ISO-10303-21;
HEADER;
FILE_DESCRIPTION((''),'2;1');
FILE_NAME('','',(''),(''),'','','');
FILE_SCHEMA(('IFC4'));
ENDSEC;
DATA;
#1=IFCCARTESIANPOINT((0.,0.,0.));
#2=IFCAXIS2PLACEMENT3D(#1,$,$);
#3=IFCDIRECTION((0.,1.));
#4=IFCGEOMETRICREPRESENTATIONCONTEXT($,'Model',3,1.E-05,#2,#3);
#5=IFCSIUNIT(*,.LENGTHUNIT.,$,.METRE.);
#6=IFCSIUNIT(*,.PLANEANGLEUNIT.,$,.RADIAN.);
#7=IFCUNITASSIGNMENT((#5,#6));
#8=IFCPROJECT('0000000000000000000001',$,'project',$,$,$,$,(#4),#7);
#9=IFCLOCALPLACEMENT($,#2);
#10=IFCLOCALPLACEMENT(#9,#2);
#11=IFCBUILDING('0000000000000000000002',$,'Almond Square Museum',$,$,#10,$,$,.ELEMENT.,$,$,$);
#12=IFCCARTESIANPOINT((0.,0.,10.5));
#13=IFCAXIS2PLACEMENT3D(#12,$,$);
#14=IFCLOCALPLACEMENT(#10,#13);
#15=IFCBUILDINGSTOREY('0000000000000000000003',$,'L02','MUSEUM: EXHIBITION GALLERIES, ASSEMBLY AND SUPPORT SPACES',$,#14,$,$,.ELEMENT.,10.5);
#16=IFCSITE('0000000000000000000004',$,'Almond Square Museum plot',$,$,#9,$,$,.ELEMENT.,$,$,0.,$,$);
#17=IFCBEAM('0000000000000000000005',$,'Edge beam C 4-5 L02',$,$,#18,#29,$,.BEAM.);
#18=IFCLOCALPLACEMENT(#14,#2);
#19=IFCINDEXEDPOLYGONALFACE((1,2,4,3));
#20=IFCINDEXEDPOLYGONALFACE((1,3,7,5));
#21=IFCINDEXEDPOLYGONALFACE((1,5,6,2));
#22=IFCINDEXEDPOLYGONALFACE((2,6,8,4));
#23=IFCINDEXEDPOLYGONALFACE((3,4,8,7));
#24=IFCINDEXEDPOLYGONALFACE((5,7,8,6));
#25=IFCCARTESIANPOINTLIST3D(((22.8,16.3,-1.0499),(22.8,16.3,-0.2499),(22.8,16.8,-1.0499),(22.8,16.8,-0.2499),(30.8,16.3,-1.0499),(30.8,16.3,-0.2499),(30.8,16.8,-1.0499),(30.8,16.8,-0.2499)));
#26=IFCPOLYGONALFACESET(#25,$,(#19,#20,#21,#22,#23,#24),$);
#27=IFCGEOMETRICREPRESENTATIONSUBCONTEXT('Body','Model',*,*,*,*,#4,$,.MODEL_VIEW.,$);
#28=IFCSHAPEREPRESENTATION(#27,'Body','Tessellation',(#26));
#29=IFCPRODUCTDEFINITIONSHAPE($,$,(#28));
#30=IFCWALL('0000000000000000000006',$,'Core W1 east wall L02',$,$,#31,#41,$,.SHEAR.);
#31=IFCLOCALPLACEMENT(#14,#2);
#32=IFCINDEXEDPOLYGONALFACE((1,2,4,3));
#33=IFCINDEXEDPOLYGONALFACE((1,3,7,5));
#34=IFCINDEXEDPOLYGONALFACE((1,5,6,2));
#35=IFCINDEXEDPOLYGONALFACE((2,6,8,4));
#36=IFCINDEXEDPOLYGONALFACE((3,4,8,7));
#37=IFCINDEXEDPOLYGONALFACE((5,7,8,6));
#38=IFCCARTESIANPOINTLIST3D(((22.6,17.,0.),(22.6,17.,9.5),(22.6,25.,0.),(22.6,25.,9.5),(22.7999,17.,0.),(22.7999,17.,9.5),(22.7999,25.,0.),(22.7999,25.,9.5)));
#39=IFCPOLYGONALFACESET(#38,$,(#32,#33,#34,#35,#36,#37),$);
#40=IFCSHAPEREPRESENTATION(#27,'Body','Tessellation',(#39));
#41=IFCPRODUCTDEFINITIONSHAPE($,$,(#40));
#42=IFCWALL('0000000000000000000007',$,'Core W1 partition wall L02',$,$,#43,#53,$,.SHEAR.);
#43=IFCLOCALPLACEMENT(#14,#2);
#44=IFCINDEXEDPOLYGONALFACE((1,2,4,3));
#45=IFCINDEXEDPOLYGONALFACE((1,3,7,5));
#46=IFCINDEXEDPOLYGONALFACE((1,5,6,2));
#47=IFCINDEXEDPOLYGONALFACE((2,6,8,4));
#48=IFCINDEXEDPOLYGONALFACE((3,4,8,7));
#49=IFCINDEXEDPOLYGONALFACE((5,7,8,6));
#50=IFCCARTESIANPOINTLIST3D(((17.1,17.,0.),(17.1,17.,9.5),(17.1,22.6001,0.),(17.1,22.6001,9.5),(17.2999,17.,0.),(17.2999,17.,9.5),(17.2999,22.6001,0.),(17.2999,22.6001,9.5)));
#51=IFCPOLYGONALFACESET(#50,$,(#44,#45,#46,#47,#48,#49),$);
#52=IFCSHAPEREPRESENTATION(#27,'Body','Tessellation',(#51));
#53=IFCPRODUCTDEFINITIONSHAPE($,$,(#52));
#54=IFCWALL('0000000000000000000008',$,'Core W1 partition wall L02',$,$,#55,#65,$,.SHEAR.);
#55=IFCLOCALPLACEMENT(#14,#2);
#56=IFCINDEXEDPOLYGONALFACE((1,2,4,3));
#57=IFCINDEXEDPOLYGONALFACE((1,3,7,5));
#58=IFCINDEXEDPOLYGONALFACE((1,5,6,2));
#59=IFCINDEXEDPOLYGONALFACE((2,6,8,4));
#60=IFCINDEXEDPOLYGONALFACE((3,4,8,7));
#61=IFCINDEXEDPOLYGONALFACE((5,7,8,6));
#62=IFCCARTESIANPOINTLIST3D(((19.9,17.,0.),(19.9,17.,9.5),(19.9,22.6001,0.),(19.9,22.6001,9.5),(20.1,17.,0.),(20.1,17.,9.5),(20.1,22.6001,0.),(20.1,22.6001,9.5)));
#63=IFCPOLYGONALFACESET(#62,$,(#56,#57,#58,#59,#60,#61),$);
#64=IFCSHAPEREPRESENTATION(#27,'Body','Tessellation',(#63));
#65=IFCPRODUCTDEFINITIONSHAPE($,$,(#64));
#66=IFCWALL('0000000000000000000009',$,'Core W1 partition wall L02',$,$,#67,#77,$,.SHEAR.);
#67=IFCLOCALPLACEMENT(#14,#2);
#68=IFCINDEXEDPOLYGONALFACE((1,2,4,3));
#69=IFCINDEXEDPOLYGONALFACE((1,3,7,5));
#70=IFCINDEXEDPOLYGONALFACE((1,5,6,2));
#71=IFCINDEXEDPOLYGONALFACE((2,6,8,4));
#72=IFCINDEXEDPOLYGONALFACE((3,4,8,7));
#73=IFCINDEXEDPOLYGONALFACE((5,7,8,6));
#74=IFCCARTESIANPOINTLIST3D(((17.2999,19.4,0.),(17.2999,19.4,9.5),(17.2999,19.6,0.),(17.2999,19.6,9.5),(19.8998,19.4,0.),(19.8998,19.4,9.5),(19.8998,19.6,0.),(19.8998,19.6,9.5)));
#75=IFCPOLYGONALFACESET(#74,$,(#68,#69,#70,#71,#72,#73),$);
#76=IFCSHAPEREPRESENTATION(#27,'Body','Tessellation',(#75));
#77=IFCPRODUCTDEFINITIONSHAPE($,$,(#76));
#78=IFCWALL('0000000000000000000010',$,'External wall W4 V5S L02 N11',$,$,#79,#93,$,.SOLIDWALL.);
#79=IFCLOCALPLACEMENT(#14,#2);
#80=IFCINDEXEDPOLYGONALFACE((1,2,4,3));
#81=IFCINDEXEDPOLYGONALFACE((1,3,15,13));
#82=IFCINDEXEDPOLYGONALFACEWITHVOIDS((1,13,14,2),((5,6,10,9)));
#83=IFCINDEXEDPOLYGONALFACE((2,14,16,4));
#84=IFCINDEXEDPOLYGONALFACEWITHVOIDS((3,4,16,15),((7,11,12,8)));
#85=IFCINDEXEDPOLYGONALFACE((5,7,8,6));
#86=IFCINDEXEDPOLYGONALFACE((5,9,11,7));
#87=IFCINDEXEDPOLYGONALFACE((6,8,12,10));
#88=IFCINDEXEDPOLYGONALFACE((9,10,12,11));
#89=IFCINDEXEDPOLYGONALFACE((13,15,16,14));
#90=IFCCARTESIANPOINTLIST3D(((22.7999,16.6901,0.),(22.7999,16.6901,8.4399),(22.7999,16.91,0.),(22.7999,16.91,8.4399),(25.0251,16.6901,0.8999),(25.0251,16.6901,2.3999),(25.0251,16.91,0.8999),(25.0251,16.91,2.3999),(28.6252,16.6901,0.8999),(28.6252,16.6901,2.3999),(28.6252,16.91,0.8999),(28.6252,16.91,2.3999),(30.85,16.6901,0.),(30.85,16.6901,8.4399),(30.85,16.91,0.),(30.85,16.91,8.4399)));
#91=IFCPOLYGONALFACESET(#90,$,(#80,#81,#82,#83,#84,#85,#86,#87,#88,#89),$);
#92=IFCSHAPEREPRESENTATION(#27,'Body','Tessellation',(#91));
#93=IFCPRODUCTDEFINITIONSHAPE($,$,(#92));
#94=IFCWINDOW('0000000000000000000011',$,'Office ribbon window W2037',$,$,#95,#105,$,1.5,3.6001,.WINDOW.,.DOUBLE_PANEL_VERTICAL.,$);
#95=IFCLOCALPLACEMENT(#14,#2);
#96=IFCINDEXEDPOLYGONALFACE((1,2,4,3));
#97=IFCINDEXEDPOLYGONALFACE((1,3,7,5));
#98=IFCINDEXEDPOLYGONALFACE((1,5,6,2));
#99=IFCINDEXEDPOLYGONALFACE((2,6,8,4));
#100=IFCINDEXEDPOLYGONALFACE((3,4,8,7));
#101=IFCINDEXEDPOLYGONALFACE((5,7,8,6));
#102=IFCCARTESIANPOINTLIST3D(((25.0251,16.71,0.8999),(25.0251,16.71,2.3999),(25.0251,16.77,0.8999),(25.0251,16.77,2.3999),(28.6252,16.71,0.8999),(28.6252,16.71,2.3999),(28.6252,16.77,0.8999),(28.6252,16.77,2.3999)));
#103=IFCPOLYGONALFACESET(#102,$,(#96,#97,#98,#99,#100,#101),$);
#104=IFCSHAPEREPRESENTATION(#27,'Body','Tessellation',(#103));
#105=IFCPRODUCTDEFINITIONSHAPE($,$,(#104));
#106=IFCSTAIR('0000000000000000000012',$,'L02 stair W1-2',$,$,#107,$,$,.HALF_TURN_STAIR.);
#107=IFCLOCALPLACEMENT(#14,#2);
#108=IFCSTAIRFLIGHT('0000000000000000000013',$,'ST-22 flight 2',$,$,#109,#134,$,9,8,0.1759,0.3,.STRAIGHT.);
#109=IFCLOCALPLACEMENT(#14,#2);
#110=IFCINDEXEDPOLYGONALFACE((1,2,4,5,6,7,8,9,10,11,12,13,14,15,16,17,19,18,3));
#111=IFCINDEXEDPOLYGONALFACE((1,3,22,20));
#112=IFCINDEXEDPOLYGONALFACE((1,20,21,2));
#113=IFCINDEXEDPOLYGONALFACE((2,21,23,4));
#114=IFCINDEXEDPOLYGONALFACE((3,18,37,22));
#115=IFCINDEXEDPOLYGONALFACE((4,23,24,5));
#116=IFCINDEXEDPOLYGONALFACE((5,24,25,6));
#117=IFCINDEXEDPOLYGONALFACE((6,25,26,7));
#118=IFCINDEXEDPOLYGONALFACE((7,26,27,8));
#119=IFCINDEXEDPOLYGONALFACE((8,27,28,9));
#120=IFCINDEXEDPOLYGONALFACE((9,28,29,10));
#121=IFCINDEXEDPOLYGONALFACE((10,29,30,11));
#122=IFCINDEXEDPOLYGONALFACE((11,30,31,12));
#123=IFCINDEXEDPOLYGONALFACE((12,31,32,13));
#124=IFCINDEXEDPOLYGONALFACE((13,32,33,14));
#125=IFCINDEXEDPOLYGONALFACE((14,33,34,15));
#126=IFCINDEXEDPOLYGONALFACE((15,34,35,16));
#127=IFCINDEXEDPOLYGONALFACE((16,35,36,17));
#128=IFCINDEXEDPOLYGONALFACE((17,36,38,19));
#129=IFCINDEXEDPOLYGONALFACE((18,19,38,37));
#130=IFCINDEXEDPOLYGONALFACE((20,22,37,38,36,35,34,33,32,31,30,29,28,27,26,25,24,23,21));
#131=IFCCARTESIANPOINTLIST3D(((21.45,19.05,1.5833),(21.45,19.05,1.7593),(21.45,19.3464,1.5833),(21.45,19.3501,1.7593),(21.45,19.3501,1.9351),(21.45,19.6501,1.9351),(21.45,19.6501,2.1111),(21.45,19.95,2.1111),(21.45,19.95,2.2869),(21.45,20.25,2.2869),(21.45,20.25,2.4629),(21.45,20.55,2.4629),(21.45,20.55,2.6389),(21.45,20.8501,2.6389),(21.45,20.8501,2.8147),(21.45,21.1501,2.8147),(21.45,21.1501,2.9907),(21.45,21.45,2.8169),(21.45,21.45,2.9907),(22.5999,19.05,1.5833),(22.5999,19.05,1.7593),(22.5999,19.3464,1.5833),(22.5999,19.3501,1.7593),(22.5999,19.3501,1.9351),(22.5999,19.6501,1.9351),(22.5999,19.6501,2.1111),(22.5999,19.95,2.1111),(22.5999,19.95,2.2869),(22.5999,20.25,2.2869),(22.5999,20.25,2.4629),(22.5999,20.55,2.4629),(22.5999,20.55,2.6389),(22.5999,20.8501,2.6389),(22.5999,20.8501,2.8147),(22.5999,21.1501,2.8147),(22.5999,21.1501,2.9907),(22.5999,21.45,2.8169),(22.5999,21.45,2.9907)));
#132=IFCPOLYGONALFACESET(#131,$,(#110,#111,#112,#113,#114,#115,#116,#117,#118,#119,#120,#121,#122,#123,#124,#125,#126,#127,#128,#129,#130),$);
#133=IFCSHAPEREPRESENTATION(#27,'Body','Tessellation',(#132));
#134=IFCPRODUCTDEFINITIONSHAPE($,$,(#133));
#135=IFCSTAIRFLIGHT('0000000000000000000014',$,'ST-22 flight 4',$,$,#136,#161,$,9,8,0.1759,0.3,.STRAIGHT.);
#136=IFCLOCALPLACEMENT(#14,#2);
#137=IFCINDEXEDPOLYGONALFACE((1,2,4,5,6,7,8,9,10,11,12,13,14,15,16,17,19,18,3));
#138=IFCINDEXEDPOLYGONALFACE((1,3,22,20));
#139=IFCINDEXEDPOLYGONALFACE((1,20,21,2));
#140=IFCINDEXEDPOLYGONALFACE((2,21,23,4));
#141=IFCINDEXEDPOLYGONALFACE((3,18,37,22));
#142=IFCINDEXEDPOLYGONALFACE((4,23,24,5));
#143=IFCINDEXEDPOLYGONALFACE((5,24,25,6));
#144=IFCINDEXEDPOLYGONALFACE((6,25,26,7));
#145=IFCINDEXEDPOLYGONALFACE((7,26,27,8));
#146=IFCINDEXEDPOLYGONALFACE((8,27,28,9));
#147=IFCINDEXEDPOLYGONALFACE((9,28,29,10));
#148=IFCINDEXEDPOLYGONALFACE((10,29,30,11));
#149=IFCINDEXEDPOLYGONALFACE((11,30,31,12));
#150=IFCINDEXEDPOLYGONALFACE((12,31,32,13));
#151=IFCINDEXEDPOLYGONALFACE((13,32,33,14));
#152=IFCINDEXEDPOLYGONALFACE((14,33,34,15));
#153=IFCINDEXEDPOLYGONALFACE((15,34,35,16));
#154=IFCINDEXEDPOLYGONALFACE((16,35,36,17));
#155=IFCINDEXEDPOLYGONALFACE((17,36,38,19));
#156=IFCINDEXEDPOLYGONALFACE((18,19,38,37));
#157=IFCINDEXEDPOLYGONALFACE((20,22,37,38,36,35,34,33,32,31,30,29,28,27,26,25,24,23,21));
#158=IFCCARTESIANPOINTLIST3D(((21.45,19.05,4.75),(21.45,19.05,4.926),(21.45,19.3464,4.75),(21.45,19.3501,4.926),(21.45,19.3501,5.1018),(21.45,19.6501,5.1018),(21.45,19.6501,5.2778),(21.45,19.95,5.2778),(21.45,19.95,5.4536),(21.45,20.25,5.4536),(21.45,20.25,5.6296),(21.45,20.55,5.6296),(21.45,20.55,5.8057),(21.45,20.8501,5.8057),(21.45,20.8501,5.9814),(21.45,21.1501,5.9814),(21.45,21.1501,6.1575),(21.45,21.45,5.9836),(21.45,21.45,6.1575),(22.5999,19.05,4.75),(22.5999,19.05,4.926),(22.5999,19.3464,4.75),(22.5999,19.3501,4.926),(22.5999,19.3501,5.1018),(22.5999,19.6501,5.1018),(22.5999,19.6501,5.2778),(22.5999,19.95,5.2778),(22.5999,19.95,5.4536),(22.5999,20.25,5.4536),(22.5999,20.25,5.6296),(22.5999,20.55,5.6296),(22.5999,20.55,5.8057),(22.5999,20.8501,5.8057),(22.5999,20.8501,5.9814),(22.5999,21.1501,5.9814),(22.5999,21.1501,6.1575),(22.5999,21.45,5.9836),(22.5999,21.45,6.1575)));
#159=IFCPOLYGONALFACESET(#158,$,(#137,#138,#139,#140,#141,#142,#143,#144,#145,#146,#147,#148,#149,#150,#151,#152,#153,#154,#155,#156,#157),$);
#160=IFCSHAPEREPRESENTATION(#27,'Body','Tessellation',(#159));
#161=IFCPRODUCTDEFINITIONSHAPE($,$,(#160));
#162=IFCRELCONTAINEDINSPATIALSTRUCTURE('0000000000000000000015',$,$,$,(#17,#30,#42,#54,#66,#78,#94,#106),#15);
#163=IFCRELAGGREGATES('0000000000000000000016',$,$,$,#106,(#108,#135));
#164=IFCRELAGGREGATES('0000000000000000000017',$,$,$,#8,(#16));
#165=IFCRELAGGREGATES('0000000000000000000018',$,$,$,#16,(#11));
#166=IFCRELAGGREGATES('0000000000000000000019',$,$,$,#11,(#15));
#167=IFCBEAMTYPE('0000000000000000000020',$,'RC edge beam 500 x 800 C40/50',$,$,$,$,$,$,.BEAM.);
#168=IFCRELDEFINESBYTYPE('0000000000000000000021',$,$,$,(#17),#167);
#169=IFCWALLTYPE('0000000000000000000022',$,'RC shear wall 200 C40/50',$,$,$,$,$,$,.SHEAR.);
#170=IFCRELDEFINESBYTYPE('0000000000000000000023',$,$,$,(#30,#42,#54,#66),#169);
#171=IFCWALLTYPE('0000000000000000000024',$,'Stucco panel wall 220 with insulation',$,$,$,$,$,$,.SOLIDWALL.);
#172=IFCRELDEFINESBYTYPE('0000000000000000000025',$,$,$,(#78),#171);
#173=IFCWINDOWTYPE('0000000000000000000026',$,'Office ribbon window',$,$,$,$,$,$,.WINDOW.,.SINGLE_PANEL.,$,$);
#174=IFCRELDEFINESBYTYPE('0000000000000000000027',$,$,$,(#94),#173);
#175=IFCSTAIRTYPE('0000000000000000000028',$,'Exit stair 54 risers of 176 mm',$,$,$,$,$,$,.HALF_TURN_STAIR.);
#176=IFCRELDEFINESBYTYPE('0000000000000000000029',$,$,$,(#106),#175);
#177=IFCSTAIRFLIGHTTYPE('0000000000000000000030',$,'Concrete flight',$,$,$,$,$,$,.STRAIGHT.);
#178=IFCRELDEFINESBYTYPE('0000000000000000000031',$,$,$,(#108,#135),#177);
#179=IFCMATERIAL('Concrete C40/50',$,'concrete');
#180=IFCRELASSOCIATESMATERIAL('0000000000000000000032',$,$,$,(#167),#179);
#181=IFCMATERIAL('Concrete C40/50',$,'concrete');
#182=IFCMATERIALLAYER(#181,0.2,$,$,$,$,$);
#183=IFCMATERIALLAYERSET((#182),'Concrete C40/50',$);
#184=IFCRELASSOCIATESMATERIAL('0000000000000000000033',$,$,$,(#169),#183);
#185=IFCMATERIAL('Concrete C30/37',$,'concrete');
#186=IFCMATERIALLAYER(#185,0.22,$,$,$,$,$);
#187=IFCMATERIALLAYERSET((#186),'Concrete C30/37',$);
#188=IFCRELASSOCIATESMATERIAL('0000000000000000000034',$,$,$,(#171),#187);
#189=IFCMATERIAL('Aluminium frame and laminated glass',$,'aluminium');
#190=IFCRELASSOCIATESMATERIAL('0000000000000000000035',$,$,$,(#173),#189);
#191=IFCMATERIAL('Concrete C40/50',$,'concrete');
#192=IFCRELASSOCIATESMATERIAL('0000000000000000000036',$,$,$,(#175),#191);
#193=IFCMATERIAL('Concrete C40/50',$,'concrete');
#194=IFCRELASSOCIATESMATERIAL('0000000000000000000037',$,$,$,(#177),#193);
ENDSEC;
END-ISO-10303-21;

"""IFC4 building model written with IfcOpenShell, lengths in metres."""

from ifc_helpers import new_model, si_unit, direction, frame, frame_2d, origin, origin_2d, place, context, subcontext, project, spatial, polyline, rectangle, outline, extrude, material, layer, layer_set, material_profile, profile_set, type_object, element, fill, aggregate, save


model = new_model("IFC4")

# Units and contexts
model_context = context("Model", 3, precision=1e-05, world=origin(), true_north=direction((0.0, 1.0)))
body_context = subcontext(model_context, "Body", "Model", "MODEL_VIEW")
ifc_project = project(units=[si_unit("LENGTHUNIT", "METRE"), si_unit("PLANEANGLEUNIT", "RADIAN")], contexts=[model_context])

# Site, building, storey
site_placement = place(None, origin())
site = spatial("IfcSite", under=ifc_project, at=site_placement, Name="Almond Square Museum plot", CompositionType="ELEMENT", RefElevation=0.0)
building_placement = place(site_placement, origin())
building = spatial("IfcBuilding", under=site, at=building_placement, Name="Almond Square Museum", CompositionType="ELEMENT")
storey_placement = place(building_placement, frame((0.0, 0.0, 10.5)))
storey = spatial("IfcBuildingStorey", under=building, at=storey_placement, Name="L02", Description="MUSEUM: EXHIBITION GALLERIES, ASSEMBLY AND SUPPORT SPACES", CompositionType="ELEMENT", Elevation=10.5)

# Beam
ifc_material_1 = material(Name="Concrete C40/50", Category="concrete")
ifc_material_profile_1 = material_profile(ifc_material_1, rectangle(XDim=0.5, YDim=0.8, at=origin_2d()))
ifc_profile_set_1 = profile_set([ifc_material_profile_1], Name="Concrete C40/50")
beam_type = type_object("IfcBeamType", Name="RC edge beam 500 x 800 C40/50", PredefinedType="BEAM", material=ifc_profile_set_1)
beam_placement = place(storey_placement, frame((22.8, 16.55, -0.6499), z_axis=(1.0, 0.0, 0.0), x_axis=(0.0, 1.0, 0.0)))
element("IfcBeam", 1, at=beam_placement, inside=storey, type_object=beam_type, Name="Edge beam C 4-5 L02", PredefinedType="BEAM", context=body_context, shape_type="SweptSolid", body=[
    extrude(rectangle(XDim=0.5, YDim=0.8, at=origin_2d()), origin(), (0.0, 0.0, 1.0), 8.0),
])

# Walls
ifc_material_2 = material(Name="Concrete C40/50", Category="concrete")
ifc_layer_1 = layer(ifc_material_2, 0.2)
ifc_layer_set_1 = layer_set([ifc_layer_1], Name="Concrete C40/50")
wall_type_1 = type_object("IfcWallType", Name="RC shear wall 200 C40/50", PredefinedType="SHEAR", material=ifc_layer_set_1)
wall_1_placement = place(storey_placement, frame((22.7, 17.0, 0.0), z_axis=(0.0, 0.0, 1.0), x_axis=(0.0, 1.0, 0.0)))
element("IfcWall", 2, at=wall_1_placement, inside=storey, type_object=wall_type_1, Name="Core W1 east wall L02", PredefinedType="SHEAR", context=body_context, shape_type="SweptSolid", body=[
    extrude(rectangle(XDim=8.0, YDim=0.2, at=frame_2d((4.0, 0.0))), origin(), (0.0, 0.0, 1.0), 9.5),
])
for number, where, z_axis, x_axis, name in (
    (3, (17.2, 17.0, 0.0), (0.0, 0.0, 1.0), (0.0, 1.0, 0.0), "Core W1 partition wall L02"),
    (4, (20.0, 17.0, 0.0), (0.0, 0.0, 1.0), (0.0, 1.0, 0.0), "Core W1 partition wall L02"),
):
    element("IfcWall", number, at=place(storey_placement, frame(where, z_axis=z_axis, x_axis=x_axis)), inside=storey, type_object=wall_type_1, Name=name, PredefinedType="SHEAR", context=body_context, shape_type="SweptSolid", body=[
        extrude(rectangle(XDim=5.6001, YDim=0.2, at=frame_2d((2.8, 0.0))), origin(), (0.0, 0.0, 1.0), 9.5),
    ])
wall_2_placement = place(storey_placement, frame((17.3, 19.5, 0.0), z_axis=(0.0, 0.0, 1.0), x_axis=(1.0, 0.0, 0.0)))
element("IfcWall", 5, at=wall_2_placement, inside=storey, type_object=wall_type_1, Name="Core W1 partition wall L02", PredefinedType="SHEAR", context=body_context, shape_type="SweptSolid", body=[
    extrude(rectangle(XDim=2.5999, YDim=0.2, at=frame_2d((1.2998, 0.0))), origin(), (0.0, 0.0, 1.0), 9.5),
])

# Wall, opening, window
ifc_material_3 = material(Name="Concrete C30/37", Category="concrete")
ifc_layer_2 = layer(ifc_material_3, 0.22)
ifc_layer_set_2 = layer_set([ifc_layer_2], Name="Concrete C30/37")
wall_type_2 = type_object("IfcWallType", Name="Stucco panel wall 220 with insulation", PredefinedType="SOLIDWALL", material=ifc_layer_set_2)
wall_3_placement = place(storey_placement, frame((22.8, 16.8, 0.0), z_axis=(0.0, 0.0, 1.0), x_axis=(1.0, 0.0, 0.0)))
wall_3 = element("IfcWall", 6, at=wall_3_placement, inside=storey, type_object=wall_type_2, Name="External wall W4 V5S L02 N11", PredefinedType="SOLIDWALL", context=body_context, shape_type="SweptSolid", body=[
    extrude(rectangle(XDim=8.05, YDim=0.22, at=frame_2d((4.0249, 0.0))), origin(), (0.0, 0.0, 1.0), 8.4399),
])
opening_placement = place(wall_3_placement, frame((2.2251, 0.0, 0.8999)))
opening = element("IfcOpeningElement", 7, at=opening_placement, cuts=wall_3, PredefinedType="OPENING", context=body_context, shape_type="SweptSolid", body=[
    extrude(rectangle(XDim=3.6001, YDim=1.5, at=frame_2d((1.8, 0.75))), frame((0.0, 0.1199, 0.0), z_axis=(0.0, -1.0, 0.0), x_axis=(1.0, 0.0, 0.0)), (0.0, 0.0, 1.0), 0.24),
])
ifc_material_4 = material(Name="Aluminium frame and laminated glass", Category="aluminium")
window_type = type_object("IfcWindowType", Name="Office ribbon window", PartitioningType="SINGLE_PANEL", PredefinedType="WINDOW", material=ifc_material_4)
window_placement = place(opening_placement, origin())
window = element("IfcWindow", 8, at=window_placement, inside=storey, type_object=window_type, Name="Office ribbon window W2037", OverallHeight=1.5, OverallWidth=3.6001, PartitioningType="DOUBLE_PANEL_VERTICAL", PredefinedType="WINDOW", context=body_context, shape_type="SweptSolid", body=[
    extrude(rectangle(XDim=3.6001, YDim=1.5, at=frame_2d((1.8, 0.75))), frame((0.0, -0.03, 0.0), z_axis=(0.0, -1.0, 0.0), x_axis=(1.0, 0.0, 0.0)), (0.0, 0.0, 1.0), 0.0601),
])
fill(opening, window)

# Stair, stair flights
ifc_material_5 = material(Name="Concrete C40/50", Category="concrete")
stair_type = type_object("IfcStairType", Name="Exit stair 54 risers of 176 mm", PredefinedType="HALF_TURN_STAIR", material=ifc_material_5)
stair_placement = place(storey_placement, origin())
stair = element("IfcStair", 9, at=stair_placement, inside=storey, type_object=stair_type, Name="L02 stair W1-2", PredefinedType="HALF_TURN_STAIR")
ifc_material_6 = material(Name="Concrete C40/50", Category="concrete")
stair_flight_type = type_object("IfcStairFlightType", Name="Concrete flight", PredefinedType="STRAIGHT", material=ifc_material_6)
stair_flight_1_placement = place(storey_placement, frame((22.0249, 19.05, 1.5833), z_axis=(0.0, 0.0, 1.0), x_axis=(0.0, 1.0, 0.0)))
stair_flight_1 = element("IfcStairFlight", 10, at=stair_flight_1_placement, type_object=stair_flight_type, Name="ST-22 flight 2", NumberOfRisers=9, NumberOfTreads=8, PredefinedType="STRAIGHT", RiserHeight=0.1759, TreadLength=0.3, context=body_context, shape_type="SweptSolid", body=[
    extrude(outline(polyline([(0.0, 0.0), (0.0, 0.176), (0.3, 0.176), (0.3, 0.3518), (0.6001, 0.3518), (0.6001, 0.5278), (0.8999, 0.5278), (0.8999, 0.7036), (1.2, 0.7036), (1.2, 0.8796), (1.5, 0.8796), (1.5, 1.0557), (1.8, 1.0557), (1.8, 1.2314), (2.1001, 1.2314), (2.1001, 1.4075), (2.3999, 1.4075), (2.3999, 1.5833), (2.3999, 1.2336), (0.2964, 0.0), (0.0, 0.0)])), frame((0.0, 0.575, 0.0), z_axis=(0.0, -1.0, 0.0), x_axis=(1.0, 0.0, 0.0)), (0.0, 0.0, 1.0), 1.1499),
])
stair_flight_2_placement = place(storey_placement, frame((22.0249, 19.05, 4.75), z_axis=(0.0, 0.0, 1.0), x_axis=(0.0, 1.0, 0.0)))
stair_flight_2 = element("IfcStairFlight", 11, at=stair_flight_2_placement, type_object=stair_flight_type, Name="ST-22 flight 4", NumberOfRisers=9, NumberOfTreads=8, PredefinedType="STRAIGHT", RiserHeight=0.1759, TreadLength=0.3, context=body_context, shape_type="SweptSolid", body=[
    extrude(outline(polyline([(0.0, 0.0), (0.0, 0.176), (0.3, 0.176), (0.3, 0.3518), (0.6001, 0.3518), (0.6001, 0.5278), (0.8999, 0.5278), (0.8999, 0.7036), (1.2, 0.7036), (1.2, 0.8796), (1.5, 0.8796), (1.5, 1.0557), (1.8, 1.0557), (1.8, 1.2314), (2.1001, 1.2314), (2.1001, 1.4075), (2.3999, 1.4075), (2.3999, 1.5833), (2.3999, 1.2336), (0.2964, 0.0), (0.0, 0.0)])), frame((0.0, 0.575, 0.0), z_axis=(0.0, -1.0, 0.0), x_axis=(1.0, 0.0, 0.0)), (0.0, 0.0, 1.0), 1.1499),
])
aggregate(stair, [stair_flight_1, stair_flight_2])

save(model, "model.ifc")
